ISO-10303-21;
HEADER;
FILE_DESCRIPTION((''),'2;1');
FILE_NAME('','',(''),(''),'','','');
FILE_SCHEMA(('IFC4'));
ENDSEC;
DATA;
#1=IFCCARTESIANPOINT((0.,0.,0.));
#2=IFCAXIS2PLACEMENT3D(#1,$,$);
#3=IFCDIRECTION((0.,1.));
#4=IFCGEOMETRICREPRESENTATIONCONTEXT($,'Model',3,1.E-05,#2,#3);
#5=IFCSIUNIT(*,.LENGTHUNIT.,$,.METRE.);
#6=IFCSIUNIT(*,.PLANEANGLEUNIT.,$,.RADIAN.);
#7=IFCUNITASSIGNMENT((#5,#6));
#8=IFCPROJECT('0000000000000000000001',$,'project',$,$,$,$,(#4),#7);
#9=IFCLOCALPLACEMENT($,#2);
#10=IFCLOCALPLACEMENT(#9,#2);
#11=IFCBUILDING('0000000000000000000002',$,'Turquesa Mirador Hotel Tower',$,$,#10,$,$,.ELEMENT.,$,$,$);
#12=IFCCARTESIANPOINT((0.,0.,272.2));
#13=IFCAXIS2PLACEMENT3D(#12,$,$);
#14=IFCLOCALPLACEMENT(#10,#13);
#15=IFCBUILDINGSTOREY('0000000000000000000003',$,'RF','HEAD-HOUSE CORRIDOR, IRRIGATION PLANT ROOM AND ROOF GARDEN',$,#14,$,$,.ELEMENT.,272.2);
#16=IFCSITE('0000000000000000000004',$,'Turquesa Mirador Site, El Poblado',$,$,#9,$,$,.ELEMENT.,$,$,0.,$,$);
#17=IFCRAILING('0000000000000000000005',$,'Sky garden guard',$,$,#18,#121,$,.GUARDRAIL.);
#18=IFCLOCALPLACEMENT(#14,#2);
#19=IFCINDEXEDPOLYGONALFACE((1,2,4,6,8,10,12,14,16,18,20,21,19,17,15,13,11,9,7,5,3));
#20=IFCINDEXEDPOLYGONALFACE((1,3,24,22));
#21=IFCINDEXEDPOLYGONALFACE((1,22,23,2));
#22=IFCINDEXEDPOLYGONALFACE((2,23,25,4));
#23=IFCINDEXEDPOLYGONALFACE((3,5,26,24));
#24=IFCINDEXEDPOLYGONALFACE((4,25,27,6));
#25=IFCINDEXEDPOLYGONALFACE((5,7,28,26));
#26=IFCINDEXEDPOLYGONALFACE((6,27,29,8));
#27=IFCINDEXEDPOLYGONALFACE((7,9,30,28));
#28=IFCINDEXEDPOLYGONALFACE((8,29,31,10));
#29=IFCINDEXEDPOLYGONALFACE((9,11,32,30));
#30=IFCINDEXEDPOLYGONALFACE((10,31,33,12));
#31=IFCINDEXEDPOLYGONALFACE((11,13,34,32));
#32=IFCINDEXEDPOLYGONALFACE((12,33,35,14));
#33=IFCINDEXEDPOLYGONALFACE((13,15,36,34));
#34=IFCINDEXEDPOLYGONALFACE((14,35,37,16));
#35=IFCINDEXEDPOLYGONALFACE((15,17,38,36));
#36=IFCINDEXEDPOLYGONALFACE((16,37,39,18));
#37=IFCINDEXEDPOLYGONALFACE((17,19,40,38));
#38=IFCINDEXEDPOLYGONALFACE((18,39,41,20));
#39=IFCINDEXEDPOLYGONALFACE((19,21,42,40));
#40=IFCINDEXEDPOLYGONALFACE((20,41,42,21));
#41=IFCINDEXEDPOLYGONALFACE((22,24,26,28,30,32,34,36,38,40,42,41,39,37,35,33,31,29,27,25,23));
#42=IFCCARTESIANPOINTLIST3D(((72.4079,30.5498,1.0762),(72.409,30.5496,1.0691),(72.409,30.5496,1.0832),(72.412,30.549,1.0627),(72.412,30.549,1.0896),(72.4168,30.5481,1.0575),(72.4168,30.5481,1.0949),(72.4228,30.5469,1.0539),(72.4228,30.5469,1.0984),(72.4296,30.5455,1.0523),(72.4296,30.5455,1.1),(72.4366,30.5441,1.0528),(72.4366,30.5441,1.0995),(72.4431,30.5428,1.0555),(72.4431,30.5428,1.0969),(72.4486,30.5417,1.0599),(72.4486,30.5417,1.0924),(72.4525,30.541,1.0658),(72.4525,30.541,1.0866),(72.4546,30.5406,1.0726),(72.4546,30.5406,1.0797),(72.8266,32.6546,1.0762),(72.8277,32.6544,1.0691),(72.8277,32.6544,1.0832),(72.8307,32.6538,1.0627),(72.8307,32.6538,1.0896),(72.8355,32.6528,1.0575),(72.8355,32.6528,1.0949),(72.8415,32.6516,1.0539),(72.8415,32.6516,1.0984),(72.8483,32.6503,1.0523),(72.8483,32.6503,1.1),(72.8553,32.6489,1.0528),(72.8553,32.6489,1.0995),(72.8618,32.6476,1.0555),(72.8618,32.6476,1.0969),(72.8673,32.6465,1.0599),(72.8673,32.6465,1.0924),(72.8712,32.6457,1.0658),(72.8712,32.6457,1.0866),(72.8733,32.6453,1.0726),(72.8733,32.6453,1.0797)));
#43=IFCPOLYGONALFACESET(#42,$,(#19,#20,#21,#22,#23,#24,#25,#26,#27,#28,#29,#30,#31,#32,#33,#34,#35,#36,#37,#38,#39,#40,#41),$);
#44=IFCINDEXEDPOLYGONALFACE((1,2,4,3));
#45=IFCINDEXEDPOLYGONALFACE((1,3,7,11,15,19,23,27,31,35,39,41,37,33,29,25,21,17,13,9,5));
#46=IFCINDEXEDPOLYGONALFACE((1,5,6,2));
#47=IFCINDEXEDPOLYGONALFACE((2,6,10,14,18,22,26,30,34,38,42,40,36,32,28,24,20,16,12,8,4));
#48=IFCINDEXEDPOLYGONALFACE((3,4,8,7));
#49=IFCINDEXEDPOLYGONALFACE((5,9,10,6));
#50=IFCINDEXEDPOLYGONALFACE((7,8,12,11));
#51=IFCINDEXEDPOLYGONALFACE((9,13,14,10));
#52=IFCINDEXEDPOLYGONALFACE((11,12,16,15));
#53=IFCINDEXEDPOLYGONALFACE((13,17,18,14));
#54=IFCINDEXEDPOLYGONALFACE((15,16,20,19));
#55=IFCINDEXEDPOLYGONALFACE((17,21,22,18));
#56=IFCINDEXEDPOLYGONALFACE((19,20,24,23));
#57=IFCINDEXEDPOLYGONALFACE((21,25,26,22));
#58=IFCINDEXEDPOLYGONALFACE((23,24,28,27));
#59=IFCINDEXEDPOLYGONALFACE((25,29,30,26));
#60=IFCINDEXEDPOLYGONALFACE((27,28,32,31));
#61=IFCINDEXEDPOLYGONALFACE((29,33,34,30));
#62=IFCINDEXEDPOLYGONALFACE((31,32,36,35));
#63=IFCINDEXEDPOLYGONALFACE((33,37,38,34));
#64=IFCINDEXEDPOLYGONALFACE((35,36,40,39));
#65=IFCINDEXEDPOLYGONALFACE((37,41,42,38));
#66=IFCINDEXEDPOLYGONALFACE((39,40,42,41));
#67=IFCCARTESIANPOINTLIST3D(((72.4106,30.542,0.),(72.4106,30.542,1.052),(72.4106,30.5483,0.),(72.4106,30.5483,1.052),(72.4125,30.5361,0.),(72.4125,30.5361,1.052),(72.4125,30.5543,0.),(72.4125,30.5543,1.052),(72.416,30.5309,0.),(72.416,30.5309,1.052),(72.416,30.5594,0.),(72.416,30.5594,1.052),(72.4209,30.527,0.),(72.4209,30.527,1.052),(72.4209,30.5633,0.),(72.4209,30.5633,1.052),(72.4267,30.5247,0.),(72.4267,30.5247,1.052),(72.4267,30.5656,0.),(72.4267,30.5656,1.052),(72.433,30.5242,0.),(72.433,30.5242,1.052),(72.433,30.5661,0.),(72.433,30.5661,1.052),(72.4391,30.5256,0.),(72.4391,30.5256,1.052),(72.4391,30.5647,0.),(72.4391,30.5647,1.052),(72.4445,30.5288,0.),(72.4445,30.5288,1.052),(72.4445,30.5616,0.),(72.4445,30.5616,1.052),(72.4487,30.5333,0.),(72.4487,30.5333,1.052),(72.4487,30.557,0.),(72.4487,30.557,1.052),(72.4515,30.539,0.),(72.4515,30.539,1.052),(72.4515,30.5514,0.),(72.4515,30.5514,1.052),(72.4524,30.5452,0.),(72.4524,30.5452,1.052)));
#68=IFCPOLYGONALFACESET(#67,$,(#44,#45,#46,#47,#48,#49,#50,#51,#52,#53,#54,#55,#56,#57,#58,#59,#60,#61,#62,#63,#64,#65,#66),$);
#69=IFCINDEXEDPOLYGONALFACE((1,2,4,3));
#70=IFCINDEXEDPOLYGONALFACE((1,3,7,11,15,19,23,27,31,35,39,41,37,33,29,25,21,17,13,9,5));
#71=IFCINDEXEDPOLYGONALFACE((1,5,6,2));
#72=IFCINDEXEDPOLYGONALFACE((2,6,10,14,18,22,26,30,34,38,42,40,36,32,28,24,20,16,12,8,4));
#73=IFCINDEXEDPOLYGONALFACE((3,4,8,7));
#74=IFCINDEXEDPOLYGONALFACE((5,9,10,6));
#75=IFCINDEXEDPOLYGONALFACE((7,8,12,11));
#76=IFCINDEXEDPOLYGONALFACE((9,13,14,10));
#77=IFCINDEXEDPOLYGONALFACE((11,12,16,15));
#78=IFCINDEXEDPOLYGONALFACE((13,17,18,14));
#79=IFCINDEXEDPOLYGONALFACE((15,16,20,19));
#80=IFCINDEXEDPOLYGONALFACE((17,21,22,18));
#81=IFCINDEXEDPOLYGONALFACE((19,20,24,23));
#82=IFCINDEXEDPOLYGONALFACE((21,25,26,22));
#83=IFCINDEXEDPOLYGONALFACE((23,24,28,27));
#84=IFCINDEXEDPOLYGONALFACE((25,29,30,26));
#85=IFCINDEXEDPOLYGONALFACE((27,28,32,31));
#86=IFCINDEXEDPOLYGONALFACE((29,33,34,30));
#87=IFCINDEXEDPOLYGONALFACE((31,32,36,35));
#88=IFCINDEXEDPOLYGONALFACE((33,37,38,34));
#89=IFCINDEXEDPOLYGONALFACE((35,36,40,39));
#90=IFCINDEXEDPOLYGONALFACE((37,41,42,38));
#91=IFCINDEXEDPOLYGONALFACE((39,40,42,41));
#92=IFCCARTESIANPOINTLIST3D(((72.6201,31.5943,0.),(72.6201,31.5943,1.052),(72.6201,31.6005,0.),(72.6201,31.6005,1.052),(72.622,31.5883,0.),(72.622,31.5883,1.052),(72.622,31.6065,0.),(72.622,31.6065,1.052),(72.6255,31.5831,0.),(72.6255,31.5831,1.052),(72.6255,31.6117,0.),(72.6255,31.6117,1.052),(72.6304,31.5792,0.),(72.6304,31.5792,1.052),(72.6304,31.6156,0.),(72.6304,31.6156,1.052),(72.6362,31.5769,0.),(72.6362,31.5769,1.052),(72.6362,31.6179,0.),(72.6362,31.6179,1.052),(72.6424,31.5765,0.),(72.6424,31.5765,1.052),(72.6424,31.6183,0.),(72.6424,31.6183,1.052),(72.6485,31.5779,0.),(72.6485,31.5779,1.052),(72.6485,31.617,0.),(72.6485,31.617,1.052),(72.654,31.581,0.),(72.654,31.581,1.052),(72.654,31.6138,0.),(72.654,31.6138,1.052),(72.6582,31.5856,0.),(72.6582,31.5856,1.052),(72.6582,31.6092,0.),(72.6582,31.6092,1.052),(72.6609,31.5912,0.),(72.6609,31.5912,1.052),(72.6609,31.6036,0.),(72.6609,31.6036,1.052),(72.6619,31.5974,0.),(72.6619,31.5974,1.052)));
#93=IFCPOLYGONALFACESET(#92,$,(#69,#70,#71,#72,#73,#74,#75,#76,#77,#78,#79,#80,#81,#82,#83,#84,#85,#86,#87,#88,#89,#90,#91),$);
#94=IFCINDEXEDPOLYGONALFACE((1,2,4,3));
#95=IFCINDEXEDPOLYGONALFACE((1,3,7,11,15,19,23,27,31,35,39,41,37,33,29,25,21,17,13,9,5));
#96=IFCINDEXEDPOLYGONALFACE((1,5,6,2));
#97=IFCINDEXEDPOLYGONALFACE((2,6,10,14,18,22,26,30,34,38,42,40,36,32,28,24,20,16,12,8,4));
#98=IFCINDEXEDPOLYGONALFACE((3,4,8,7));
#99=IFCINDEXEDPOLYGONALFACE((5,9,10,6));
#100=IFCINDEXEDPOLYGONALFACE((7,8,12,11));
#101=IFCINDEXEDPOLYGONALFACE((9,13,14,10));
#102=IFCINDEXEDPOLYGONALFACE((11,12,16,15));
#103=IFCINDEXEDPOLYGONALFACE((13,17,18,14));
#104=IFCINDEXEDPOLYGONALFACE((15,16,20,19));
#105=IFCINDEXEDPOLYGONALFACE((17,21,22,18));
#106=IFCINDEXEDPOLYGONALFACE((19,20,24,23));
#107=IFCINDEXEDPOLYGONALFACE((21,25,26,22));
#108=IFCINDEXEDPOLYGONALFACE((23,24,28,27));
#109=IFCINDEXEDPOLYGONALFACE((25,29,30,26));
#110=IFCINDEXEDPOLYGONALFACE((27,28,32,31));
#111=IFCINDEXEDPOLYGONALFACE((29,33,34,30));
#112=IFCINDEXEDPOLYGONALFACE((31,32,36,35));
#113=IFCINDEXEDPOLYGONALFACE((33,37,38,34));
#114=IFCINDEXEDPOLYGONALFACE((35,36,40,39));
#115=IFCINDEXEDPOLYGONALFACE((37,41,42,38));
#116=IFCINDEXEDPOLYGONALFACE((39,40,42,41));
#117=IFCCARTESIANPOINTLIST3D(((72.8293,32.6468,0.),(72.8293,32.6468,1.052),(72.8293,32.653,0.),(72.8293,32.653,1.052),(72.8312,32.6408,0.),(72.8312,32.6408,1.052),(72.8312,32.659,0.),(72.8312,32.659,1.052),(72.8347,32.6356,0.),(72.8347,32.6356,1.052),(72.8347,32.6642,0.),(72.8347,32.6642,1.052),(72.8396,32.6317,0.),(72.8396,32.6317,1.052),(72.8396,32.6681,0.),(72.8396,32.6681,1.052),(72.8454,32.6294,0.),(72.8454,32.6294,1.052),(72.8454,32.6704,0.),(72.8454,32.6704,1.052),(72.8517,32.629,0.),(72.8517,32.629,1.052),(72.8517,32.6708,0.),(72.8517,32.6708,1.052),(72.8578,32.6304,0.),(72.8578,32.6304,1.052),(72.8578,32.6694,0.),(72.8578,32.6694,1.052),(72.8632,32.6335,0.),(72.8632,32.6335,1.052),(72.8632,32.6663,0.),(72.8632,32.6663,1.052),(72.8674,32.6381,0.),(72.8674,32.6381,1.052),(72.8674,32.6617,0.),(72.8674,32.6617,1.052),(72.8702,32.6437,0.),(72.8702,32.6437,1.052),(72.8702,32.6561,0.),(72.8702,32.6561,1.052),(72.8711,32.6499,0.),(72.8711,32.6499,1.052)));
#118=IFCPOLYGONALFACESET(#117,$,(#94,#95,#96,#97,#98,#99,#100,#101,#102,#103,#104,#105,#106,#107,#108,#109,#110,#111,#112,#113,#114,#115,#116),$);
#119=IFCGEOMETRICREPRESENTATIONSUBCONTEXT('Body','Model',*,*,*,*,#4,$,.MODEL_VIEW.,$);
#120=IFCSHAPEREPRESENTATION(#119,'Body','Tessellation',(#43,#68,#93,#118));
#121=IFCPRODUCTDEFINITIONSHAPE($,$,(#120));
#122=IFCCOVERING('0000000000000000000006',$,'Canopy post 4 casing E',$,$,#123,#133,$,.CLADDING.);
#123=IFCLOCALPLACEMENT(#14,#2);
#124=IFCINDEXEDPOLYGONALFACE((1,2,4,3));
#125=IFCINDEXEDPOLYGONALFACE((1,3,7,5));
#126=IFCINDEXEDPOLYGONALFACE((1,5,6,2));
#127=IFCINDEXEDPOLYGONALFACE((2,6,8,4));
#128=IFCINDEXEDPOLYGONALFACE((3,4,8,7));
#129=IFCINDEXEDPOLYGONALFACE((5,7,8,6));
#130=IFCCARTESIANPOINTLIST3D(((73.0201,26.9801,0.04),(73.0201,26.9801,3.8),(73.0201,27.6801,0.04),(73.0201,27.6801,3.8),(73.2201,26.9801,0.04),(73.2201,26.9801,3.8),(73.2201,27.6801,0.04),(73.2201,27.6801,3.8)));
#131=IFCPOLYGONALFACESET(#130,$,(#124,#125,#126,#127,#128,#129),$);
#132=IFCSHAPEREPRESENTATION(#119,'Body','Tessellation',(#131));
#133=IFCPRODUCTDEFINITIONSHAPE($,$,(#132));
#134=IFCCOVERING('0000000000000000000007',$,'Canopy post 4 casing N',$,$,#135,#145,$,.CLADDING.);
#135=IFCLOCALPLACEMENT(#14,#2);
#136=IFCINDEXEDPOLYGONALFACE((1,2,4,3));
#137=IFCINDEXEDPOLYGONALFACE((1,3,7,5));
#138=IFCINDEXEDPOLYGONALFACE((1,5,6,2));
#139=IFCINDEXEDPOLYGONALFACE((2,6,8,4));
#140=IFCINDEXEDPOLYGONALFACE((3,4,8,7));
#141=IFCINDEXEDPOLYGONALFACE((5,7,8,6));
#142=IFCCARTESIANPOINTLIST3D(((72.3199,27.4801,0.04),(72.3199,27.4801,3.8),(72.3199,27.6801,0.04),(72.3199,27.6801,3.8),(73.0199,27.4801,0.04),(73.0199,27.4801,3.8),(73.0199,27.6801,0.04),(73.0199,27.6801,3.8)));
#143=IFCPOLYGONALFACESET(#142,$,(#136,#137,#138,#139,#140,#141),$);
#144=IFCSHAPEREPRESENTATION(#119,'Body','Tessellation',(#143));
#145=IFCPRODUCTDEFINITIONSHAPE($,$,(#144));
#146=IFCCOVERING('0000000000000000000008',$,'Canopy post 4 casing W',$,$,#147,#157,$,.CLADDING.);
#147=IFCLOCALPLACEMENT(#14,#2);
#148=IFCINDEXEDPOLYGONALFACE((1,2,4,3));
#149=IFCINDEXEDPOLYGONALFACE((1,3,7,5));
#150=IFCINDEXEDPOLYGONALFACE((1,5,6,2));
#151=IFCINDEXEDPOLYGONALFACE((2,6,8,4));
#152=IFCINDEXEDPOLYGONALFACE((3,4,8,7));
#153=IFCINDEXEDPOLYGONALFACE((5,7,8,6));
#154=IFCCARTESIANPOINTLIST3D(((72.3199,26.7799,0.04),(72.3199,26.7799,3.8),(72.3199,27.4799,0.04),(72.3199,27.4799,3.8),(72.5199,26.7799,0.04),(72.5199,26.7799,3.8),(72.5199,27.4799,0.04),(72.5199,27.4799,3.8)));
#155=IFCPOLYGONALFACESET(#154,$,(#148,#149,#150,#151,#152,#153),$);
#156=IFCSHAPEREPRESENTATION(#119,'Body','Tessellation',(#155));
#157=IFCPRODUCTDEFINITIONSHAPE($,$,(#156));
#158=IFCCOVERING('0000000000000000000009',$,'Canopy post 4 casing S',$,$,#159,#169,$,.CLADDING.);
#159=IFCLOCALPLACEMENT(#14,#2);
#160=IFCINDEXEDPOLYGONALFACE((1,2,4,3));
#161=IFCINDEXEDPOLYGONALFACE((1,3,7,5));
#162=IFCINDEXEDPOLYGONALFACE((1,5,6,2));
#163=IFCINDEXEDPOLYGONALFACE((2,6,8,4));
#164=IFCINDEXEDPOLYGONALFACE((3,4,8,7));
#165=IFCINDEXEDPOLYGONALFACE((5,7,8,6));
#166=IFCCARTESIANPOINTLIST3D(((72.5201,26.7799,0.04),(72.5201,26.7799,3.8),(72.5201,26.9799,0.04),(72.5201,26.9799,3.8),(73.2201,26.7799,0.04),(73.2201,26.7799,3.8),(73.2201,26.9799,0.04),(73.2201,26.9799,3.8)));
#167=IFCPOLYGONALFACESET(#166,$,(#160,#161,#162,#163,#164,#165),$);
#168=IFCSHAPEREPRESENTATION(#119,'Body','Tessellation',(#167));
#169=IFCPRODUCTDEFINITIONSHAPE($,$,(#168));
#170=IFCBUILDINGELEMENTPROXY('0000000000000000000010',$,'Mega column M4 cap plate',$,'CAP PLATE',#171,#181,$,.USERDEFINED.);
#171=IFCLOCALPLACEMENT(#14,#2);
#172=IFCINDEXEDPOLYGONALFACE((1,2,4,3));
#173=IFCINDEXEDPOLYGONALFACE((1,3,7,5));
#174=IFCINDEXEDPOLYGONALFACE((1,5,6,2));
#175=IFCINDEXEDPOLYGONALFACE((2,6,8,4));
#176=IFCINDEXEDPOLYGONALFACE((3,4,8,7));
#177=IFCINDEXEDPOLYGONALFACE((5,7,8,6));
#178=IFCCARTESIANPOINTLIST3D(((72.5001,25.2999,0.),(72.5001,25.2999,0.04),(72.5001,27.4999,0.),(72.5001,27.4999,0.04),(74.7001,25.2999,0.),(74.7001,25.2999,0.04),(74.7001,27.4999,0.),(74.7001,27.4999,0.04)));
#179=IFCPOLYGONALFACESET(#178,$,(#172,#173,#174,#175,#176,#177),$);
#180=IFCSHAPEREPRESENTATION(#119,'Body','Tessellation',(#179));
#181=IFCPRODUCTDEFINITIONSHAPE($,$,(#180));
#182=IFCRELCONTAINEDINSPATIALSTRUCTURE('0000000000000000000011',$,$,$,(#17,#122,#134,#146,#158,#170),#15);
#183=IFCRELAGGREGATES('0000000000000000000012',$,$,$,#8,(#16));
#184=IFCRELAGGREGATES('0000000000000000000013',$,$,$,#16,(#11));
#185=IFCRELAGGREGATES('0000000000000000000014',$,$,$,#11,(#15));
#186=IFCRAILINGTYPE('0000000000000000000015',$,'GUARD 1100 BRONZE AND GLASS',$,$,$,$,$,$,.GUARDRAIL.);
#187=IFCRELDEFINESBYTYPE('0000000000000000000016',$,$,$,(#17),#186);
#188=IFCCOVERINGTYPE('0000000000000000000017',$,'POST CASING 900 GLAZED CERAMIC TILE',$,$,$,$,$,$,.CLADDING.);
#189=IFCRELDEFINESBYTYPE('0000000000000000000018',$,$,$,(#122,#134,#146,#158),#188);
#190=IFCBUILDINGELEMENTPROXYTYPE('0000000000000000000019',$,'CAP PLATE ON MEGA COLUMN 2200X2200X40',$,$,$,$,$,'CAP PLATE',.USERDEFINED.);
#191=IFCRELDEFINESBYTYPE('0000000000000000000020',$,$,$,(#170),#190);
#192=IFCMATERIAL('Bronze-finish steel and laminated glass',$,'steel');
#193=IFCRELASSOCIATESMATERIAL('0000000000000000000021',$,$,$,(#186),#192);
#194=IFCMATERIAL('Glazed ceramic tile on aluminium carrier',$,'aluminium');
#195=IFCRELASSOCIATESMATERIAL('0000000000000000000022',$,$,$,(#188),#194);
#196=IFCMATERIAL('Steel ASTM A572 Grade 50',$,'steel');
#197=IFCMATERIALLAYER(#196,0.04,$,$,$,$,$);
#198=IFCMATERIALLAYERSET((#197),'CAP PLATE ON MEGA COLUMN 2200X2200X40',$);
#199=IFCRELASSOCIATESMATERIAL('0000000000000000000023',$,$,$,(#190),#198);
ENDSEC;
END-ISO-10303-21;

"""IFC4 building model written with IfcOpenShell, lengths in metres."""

from ifc_helpers import new_model, si_unit, direction, frame, origin, origin_2d, place, context, subcontext, project, spatial, rectangle, circle, extrude, material, layer, layer_set, type_object, element, save


model = new_model("IFC4")

# Units and contexts
model_context = context("Model", 3, precision=1e-05, world=origin(), true_north=direction((0.0, 1.0)))
body_context = subcontext(model_context, "Body", "Model", "MODEL_VIEW")
ifc_project = project(units=[si_unit("LENGTHUNIT", "METRE"), si_unit("PLANEANGLEUNIT", "RADIAN")], contexts=[model_context])

# Site, building, storey
site_placement = place(None, origin())
site = spatial("IfcSite", under=ifc_project, at=site_placement, Name="Turquesa Mirador Site, El Poblado", CompositionType="ELEMENT", RefElevation=0.0)
building_placement = place(site_placement, origin())
building = spatial("IfcBuilding", under=site, at=building_placement, Name="Turquesa Mirador Hotel Tower", CompositionType="ELEMENT")
storey_placement = place(building_placement, frame((0.0, 0.0, 272.2)))
storey = spatial("IfcBuildingStorey", under=building, at=storey_placement, Name="RF", Description="HEAD-HOUSE CORRIDOR, IRRIGATION PLANT ROOM AND ROOF GARDEN", CompositionType="ELEMENT", Elevation=272.2)

# Railing
ifc_material_1 = material(Name="Bronze-finish steel and laminated glass", Category="steel")
railing_type = type_object("IfcRailingType", Name="GUARD 1100 BRONZE AND GLASS", PredefinedType="GUARDRAIL", material=ifc_material_1)
railing_1_placement = place(storey_placement, frame((72.4314, 30.5452, 0.0)))
element("IfcRailing", 1, at=railing_1_placement, inside=storey, type_object=railing_type, Name="Sky garden guard", PredefinedType="GUARDRAIL", context=body_context, shape_type="SweptSolid", body=[
    extrude(circle(Radius=0.0239, at=origin_2d()), frame((0.0, 0.0, 1.0762), z_axis=(0.19511, 0.980781, 0.0), x_axis=(-0.980781, 0.19511, 0.0)), (0.0, 0.0, 1.0), 2.146),
    extrude(circle(Radius=0.021, at=origin_2d()), origin(), (0.0, 0.0, 1.0), 1.052),
    extrude(circle(Radius=0.021, at=origin_2d()), frame((0.2095, 1.0522, 0.0)), (0.0, 0.0, 1.0), 1.052),
    extrude(circle(Radius=0.021, at=origin_2d()), frame((0.4187, 2.1047, 0.0)), (0.0, 0.0, 1.0), 1.052),
])

# Coverings
ifc_material_2 = material(Name="Glazed ceramic tile on aluminium carrier", Category="aluminium")
covering_type_1 = type_object("IfcCoveringType", Name="POST CASING 900 GLAZED CERAMIC TILE", PredefinedType="CLADDING", material=ifc_material_2)
covering_1_placement = place(storey_placement, frame((73.1201, 27.3301, 0.04), z_axis=(0.0, 0.0, 1.0), x_axis=(1.0, 0.0, 0.0)))
element("IfcCovering", 2, at=covering_1_placement, inside=storey, type_object=covering_type_1, Name="Canopy post 4 casing E", PredefinedType="CLADDING", context=body_context, shape_type="SweptSolid", body=[
    extrude(rectangle(XDim=0.2, YDim=0.7, at=origin_2d()), origin(), (0.0, 0.0, 1.0), 3.76),
])
covering_2_placement = place(storey_placement, frame((72.6699, 27.5801, 0.04), z_axis=(0.0, 0.0, 1.0), x_axis=(1.0, 0.0, 0.0)))
element("IfcCovering", 3, at=covering_2_placement, inside=storey, type_object=covering_type_1, Name="Canopy post 4 casing N", PredefinedType="CLADDING", context=body_context, shape_type="SweptSolid", body=[
    extrude(rectangle(XDim=0.7, YDim=0.2, at=origin_2d()), origin(), (0.0, 0.0, 1.0), 3.76),
])
covering_3_placement = place(storey_placement, frame((72.4199, 27.1299, 0.04), z_axis=(0.0, 0.0, 1.0), x_axis=(1.0, 0.0, 0.0)))
element("IfcCovering", 4, at=covering_3_placement, inside=storey, type_object=covering_type_1, Name="Canopy post 4 casing W", PredefinedType="CLADDING", context=body_context, shape_type="SweptSolid", body=[
    extrude(rectangle(XDim=0.2, YDim=0.7, at=origin_2d()), origin(), (0.0, 0.0, 1.0), 3.76),
])
covering_4_placement = place(storey_placement, frame((72.8701, 26.8799, 0.04), z_axis=(0.0, 0.0, 1.0), x_axis=(1.0, 0.0, 0.0)))
element("IfcCovering", 5, at=covering_4_placement, inside=storey, type_object=covering_type_1, Name="Canopy post 4 casing S", PredefinedType="CLADDING", context=body_context, shape_type="SweptSolid", body=[
    extrude(rectangle(XDim=0.7, YDim=0.2, at=origin_2d()), origin(), (0.0, 0.0, 1.0), 3.76),
])

# Building element proxy
ifc_material_3 = material(Name="Steel ASTM A572 Grade 50", Category="steel")
ifc_layer = layer(ifc_material_3, 0.04)
ifc_layer_set = layer_set([ifc_layer], Name="CAP PLATE ON MEGA COLUMN 2200X2200X40")
building_element_proxy_type = type_object("IfcBuildingElementProxyType", Name="CAP PLATE ON MEGA COLUMN 2200X2200X40", ElementType="CAP PLATE", PredefinedType="USERDEFINED", material=ifc_layer_set)
proxy_placement = place(storey_placement, frame((73.6001, 26.3999, 0.0), z_axis=(0.0, 0.0, 1.0), x_axis=(1.0, 0.0, 0.0)))
element("IfcBuildingElementProxy", 6, at=proxy_placement, inside=storey, type_object=building_element_proxy_type, Name="Mega column M4 cap plate", ObjectType="CAP PLATE", PredefinedType="USERDEFINED", context=body_context, shape_type="SweptSolid", body=[
    extrude(rectangle(XDim=2.2, YDim=2.2, at=origin_2d()), origin(), (0.0, 0.0, 1.0), 0.04),
])

save(model, "model.ifc")
